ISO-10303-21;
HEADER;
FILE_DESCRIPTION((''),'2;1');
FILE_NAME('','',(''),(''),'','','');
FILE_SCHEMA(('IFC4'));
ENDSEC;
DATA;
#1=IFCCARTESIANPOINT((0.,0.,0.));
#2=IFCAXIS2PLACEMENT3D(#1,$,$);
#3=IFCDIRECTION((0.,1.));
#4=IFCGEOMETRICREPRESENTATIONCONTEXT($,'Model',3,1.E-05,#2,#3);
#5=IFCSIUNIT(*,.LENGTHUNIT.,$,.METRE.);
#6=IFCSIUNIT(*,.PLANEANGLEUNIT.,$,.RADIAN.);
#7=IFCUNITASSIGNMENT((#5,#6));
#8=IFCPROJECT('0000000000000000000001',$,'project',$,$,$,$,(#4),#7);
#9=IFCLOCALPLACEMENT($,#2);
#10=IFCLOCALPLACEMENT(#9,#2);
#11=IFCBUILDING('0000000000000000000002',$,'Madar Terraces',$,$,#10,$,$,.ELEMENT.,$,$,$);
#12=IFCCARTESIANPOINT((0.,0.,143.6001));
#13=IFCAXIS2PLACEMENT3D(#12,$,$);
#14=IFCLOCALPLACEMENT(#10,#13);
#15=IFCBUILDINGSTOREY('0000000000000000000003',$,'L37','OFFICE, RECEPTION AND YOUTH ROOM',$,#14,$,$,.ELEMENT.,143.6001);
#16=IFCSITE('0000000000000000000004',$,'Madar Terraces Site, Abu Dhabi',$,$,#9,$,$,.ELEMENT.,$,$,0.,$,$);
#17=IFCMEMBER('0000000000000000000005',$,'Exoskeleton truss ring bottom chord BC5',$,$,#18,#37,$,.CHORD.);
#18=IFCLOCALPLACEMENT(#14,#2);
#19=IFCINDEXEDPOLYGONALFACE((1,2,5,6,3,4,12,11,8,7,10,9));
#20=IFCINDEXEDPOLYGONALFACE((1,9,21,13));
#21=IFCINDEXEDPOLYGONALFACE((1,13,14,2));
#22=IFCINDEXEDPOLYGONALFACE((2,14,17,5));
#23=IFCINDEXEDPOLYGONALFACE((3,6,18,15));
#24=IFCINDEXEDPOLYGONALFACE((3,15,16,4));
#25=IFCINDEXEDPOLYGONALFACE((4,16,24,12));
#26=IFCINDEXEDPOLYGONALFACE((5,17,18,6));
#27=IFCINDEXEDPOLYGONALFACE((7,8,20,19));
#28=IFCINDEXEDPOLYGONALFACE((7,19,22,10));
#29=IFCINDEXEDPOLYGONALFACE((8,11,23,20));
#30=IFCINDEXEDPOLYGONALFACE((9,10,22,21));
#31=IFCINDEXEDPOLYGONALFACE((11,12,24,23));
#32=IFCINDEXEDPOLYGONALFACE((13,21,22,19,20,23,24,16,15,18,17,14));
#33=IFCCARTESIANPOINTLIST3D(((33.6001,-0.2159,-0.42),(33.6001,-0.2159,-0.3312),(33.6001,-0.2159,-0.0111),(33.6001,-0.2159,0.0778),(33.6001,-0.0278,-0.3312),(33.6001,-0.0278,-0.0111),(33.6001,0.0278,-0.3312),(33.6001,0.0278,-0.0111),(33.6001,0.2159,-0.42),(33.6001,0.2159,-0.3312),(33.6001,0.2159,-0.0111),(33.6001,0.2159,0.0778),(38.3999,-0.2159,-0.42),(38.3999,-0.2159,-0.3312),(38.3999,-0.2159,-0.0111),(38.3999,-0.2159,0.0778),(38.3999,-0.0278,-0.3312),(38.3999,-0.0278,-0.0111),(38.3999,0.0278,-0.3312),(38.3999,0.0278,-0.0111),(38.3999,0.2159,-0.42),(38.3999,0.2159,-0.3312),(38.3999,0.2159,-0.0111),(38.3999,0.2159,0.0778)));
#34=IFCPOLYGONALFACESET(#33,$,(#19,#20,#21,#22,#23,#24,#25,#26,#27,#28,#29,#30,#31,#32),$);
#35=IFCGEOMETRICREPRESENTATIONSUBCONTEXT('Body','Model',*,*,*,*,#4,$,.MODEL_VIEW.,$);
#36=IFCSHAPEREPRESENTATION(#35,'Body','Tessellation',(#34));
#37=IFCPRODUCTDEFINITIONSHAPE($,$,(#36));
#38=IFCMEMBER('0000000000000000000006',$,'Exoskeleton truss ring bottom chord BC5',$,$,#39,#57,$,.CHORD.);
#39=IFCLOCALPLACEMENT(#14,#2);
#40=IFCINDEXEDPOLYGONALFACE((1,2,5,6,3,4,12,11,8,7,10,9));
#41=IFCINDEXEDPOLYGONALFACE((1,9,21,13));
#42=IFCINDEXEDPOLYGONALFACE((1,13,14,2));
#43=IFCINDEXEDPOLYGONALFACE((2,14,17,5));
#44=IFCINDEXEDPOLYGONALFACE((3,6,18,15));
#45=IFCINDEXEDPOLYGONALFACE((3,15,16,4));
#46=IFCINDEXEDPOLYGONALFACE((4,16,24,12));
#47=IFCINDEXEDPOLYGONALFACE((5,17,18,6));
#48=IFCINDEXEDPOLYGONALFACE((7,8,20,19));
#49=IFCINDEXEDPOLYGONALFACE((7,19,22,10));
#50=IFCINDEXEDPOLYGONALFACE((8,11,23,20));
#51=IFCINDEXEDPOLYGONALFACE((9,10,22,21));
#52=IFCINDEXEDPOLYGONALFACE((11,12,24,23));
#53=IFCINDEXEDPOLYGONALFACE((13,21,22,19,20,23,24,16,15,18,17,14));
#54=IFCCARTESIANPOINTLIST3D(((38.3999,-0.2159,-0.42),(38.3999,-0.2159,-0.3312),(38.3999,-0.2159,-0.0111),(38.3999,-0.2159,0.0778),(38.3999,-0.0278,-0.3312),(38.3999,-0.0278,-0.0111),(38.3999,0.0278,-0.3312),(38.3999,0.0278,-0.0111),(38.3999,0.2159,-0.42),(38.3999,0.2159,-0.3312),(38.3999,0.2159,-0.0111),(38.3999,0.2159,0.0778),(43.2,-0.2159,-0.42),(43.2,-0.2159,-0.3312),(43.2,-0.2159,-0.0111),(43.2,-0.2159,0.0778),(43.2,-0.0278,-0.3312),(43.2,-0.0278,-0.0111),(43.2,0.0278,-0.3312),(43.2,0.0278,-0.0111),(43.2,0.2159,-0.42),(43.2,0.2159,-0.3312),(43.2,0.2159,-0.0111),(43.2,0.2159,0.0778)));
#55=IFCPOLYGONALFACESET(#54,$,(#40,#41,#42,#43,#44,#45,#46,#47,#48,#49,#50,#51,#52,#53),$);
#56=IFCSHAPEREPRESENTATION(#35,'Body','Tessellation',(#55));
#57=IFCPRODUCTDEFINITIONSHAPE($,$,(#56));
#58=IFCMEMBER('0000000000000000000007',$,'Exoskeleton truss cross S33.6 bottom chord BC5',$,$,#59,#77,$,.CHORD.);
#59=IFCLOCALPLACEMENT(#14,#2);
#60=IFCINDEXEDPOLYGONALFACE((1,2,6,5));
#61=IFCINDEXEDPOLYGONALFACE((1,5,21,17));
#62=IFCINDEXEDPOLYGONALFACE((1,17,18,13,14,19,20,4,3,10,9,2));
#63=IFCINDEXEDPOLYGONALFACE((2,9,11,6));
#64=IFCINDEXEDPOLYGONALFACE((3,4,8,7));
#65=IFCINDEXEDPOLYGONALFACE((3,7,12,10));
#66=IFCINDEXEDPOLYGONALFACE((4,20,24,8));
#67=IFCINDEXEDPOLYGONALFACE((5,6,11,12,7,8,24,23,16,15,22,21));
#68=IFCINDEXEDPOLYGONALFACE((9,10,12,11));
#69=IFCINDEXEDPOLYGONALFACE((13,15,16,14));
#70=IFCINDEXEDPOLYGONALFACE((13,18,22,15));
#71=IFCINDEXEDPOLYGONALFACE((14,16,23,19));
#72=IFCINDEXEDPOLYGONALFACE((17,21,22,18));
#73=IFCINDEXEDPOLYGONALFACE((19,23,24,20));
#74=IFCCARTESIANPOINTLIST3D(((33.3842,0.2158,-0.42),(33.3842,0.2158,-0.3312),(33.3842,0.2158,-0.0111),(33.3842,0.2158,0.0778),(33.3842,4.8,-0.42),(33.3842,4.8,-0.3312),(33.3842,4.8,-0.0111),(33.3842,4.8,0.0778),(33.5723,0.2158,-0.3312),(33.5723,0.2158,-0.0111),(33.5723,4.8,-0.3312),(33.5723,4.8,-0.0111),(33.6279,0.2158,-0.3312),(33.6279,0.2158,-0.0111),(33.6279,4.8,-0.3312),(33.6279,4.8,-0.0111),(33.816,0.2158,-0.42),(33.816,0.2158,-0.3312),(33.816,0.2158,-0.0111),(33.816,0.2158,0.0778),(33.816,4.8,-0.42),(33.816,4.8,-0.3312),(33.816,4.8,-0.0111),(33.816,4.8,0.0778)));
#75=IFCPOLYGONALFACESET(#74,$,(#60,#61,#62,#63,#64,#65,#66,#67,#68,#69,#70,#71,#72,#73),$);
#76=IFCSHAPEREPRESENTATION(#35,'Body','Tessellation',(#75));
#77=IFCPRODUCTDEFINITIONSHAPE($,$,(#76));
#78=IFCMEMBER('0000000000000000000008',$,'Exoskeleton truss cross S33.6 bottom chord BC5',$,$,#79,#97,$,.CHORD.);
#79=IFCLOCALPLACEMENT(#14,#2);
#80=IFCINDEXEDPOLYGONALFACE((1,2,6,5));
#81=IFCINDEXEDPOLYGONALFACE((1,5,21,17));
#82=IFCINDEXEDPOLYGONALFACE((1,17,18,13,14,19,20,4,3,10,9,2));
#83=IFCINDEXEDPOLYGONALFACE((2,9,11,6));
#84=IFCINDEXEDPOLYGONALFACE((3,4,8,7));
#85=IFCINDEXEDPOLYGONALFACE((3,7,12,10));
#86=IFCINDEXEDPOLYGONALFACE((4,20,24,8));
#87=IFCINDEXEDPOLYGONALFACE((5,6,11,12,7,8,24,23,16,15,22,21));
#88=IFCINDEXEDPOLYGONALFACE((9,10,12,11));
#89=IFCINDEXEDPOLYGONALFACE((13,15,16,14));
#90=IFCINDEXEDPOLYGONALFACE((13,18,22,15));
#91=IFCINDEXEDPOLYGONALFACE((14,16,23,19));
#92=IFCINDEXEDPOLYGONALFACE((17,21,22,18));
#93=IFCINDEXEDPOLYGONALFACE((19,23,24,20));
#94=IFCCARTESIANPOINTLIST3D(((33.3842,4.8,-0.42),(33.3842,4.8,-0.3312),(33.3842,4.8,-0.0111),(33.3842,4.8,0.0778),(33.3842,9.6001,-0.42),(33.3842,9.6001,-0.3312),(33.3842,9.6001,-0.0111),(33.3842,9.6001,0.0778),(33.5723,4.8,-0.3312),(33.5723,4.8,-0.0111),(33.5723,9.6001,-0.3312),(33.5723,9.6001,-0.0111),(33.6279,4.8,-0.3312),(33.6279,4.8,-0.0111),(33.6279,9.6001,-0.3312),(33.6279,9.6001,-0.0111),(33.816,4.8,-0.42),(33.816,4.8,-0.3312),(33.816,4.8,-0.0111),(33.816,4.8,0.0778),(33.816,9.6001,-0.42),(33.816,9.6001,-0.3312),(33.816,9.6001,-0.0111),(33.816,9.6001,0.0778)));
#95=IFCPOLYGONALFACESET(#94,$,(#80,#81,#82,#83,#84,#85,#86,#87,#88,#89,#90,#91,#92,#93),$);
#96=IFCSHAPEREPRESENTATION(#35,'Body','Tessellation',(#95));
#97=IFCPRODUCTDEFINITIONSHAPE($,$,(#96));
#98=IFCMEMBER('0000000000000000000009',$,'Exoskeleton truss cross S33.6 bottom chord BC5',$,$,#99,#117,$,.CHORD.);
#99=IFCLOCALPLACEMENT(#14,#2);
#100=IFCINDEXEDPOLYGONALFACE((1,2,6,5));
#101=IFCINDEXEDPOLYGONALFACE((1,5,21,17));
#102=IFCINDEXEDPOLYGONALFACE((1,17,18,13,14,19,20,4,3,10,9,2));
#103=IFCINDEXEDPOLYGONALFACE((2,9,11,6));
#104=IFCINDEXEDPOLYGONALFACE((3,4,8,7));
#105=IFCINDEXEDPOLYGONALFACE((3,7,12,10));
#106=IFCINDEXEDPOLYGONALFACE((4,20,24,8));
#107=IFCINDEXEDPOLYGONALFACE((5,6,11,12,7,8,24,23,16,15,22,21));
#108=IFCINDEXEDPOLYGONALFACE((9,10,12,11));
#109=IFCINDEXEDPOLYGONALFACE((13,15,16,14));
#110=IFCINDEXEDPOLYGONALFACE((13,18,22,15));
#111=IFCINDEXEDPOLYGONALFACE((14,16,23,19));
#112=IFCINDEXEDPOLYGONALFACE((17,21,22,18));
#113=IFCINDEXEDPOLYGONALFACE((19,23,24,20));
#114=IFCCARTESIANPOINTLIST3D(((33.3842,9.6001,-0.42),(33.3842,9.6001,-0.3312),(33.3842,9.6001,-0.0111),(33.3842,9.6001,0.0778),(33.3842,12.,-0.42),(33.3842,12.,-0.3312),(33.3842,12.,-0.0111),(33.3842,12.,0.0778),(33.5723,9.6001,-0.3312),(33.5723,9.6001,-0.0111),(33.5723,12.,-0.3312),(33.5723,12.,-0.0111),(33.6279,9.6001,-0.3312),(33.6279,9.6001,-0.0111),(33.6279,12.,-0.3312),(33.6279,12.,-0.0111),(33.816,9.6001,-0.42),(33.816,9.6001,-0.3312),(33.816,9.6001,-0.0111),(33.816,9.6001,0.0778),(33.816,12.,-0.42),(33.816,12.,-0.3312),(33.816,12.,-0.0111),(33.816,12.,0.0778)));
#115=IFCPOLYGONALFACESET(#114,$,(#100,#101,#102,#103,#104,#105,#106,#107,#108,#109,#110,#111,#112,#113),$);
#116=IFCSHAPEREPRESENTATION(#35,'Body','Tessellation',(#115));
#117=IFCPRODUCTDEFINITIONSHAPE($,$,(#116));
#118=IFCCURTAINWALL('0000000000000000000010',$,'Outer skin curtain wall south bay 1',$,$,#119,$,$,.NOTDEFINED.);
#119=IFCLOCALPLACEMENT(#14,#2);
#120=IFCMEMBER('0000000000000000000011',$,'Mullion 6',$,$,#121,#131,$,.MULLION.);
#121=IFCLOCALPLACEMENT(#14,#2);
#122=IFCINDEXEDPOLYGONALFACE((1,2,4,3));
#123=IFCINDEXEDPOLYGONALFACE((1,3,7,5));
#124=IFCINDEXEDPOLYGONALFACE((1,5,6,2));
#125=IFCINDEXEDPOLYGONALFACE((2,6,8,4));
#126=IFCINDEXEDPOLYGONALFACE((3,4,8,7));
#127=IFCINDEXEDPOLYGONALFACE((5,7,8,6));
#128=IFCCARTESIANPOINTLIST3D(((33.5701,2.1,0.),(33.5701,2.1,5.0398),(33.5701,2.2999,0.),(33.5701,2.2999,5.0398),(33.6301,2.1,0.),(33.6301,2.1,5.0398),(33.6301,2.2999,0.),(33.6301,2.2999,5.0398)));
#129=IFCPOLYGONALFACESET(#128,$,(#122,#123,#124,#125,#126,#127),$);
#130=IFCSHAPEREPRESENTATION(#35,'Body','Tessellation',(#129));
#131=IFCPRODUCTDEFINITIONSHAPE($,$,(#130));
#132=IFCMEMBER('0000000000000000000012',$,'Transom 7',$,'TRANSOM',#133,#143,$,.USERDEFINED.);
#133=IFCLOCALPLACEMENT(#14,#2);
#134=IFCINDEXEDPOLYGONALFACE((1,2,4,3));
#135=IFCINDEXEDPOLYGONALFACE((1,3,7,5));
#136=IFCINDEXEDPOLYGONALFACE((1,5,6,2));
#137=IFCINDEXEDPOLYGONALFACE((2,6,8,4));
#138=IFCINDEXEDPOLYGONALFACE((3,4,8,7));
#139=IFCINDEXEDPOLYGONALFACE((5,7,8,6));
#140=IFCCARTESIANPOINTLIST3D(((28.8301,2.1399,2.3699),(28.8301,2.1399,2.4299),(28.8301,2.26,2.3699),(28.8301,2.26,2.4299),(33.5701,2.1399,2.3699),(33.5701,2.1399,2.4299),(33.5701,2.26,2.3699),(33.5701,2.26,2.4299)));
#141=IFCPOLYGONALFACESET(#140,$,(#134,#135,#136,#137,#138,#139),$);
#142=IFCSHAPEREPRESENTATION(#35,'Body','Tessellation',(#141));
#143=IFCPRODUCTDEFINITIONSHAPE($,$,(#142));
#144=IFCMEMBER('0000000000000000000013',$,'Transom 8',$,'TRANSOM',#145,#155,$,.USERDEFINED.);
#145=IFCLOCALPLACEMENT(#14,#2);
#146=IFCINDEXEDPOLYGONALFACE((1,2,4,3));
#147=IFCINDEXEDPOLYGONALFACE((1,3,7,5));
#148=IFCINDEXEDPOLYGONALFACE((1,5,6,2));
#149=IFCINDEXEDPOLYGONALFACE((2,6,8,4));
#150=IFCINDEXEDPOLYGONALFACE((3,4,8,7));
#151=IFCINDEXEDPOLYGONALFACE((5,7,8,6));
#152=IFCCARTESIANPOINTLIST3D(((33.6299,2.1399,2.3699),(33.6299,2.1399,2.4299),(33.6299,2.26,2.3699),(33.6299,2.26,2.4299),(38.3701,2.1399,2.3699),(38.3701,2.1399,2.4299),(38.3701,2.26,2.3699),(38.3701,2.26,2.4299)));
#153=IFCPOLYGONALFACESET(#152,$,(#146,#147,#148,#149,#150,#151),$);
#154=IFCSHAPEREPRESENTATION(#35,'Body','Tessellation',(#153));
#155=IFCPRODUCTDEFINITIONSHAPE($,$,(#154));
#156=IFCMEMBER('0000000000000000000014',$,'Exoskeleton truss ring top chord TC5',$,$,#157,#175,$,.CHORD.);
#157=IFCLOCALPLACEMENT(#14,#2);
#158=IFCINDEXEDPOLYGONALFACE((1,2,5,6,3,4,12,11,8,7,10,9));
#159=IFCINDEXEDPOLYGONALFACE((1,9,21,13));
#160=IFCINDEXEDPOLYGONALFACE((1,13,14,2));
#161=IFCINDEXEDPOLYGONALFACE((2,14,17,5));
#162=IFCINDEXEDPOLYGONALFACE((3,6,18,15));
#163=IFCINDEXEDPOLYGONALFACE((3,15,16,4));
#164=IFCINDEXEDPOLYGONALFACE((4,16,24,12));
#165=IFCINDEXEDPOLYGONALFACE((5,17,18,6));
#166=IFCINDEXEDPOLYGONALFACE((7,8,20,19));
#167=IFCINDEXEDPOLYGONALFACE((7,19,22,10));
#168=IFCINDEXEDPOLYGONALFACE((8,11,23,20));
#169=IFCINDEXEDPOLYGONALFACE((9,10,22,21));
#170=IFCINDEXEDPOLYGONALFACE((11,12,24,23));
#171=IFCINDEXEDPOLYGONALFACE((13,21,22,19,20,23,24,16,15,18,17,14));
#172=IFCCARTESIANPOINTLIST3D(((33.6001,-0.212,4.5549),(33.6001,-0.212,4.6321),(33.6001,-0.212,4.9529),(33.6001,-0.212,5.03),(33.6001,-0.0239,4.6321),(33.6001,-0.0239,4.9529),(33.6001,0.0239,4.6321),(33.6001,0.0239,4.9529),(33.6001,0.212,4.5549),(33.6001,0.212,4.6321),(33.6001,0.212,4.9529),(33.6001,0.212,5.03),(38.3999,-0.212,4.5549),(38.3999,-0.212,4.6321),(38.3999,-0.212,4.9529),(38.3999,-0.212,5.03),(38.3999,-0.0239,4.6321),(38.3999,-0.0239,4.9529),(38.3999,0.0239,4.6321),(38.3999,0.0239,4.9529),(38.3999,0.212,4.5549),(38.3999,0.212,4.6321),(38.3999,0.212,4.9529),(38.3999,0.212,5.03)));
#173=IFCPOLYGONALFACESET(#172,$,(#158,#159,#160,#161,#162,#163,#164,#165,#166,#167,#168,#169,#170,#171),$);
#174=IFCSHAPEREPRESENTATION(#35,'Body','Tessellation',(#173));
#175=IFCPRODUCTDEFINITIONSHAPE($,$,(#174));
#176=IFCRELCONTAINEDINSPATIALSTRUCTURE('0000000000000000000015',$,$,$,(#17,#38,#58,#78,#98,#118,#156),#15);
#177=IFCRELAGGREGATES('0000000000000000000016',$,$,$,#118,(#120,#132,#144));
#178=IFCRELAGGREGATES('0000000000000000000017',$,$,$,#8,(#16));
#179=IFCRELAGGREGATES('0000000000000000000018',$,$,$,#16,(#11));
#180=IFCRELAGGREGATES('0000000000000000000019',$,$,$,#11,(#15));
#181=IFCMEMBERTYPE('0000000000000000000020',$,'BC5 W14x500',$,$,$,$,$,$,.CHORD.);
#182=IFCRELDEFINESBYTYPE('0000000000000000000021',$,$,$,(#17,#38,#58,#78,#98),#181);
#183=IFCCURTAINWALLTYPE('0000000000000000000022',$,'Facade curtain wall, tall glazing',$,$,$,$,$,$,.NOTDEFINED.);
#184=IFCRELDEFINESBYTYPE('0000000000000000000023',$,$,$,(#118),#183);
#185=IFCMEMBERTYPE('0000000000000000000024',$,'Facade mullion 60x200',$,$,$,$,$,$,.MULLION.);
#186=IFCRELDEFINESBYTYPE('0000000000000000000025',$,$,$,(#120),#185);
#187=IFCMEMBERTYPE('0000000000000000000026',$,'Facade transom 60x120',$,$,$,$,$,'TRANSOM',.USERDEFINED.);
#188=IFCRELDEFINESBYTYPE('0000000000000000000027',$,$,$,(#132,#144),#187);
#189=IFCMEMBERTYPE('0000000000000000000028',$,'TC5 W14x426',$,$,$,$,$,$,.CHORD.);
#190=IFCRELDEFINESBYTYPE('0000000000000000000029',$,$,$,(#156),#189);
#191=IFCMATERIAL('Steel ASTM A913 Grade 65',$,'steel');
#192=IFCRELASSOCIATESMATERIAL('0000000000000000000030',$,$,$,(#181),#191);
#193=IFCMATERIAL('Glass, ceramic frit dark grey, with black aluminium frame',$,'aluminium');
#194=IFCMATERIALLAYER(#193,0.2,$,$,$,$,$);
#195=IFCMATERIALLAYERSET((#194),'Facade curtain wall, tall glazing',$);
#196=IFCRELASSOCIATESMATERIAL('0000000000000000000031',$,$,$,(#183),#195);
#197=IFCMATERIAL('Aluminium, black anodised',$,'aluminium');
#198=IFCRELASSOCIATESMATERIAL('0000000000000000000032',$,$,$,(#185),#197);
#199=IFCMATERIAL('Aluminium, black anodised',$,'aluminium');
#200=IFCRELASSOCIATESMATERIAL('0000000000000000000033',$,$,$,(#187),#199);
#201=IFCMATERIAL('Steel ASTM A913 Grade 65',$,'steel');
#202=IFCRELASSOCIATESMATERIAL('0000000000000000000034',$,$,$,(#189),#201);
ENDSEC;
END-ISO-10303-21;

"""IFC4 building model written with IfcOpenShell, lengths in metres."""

from ifc_helpers import new_model, si_unit, direction, frame, origin, origin_2d, place, context, subcontext, project, spatial, rectangle, i_section, extrude, material, layer, layer_set, material_profile, profile_set, type_object, element, aggregate, save


model = new_model("IFC4")

# Units and contexts
model_context = context("Model", 3, precision=1e-05, world=origin(), true_north=direction((0.0, 1.0)))
body_context = subcontext(model_context, "Body", "Model", "MODEL_VIEW")
ifc_project = project(units=[si_unit("LENGTHUNIT", "METRE"), si_unit("PLANEANGLEUNIT", "RADIAN")], contexts=[model_context])

# Site, building, storey
site_placement = place(None, origin())
site = spatial("IfcSite", under=ifc_project, at=site_placement, Name="Madar Terraces Site, Abu Dhabi", CompositionType="ELEMENT", RefElevation=0.0)
building_placement = place(site_placement, origin())
building = spatial("IfcBuilding", under=site, at=building_placement, Name="Madar Terraces", CompositionType="ELEMENT")
storey_placement = place(building_placement, frame((0.0, 0.0, 143.6001)))
storey = spatial("IfcBuildingStorey", under=building, at=storey_placement, Name="L37", Description="OFFICE, RECEPTION AND YOUTH ROOM", CompositionType="ELEMENT", Elevation=143.6001)

# Members
ifc_material_1 = material(Name="Steel ASTM A913 Grade 65", Category="steel")
ifc_material_profile_1 = material_profile(ifc_material_1, i_section(OverallWidth=0.4319, OverallDepth=0.4978, WebThickness=0.0557, FlangeThickness=0.0889, at=origin_2d()), Name="W14x500")
ifc_profile_set_1 = profile_set([ifc_material_profile_1], Name="Steel ASTM A913 Grade 65")
member_type_1 = type_object("IfcMemberType", Name="BC5 W14x500", PredefinedType="CHORD", material=ifc_profile_set_1)
member_1_placement = place(storey_placement, frame((33.6001, 0.0, -0.1711), z_axis=(1.0, 0.0, 0.0), x_axis=(0.0, 1.0, 0.0)))
element("IfcMember", 1, at=member_1_placement, inside=storey, type_object=member_type_1, Name="Exoskeleton truss ring bottom chord BC5", PredefinedType="CHORD", context=body_context, shape_type="SweptSolid", body=[
    extrude(i_section(OverallWidth=0.4319, OverallDepth=0.4978, WebThickness=0.0557, FlangeThickness=0.0889, at=origin_2d()), origin(), (0.0, 0.0, 1.0), 4.7998),
])
member_2_placement = place(storey_placement, frame((38.3999, 0.0, -0.1711), z_axis=(1.0, 0.0, 0.0), x_axis=(0.0, 1.0, 0.0)))
element("IfcMember", 2, at=member_2_placement, inside=storey, type_object=member_type_1, Name="Exoskeleton truss ring bottom chord BC5", PredefinedType="CHORD", context=body_context, shape_type="SweptSolid", body=[
    extrude(i_section(OverallWidth=0.4319, OverallDepth=0.4978, WebThickness=0.0557, FlangeThickness=0.0889, at=origin_2d()), origin(), (0.0, 0.0, 1.0), 4.8),
])
member_3_placement = place(storey_placement, frame((33.6001, 0.2158, -0.1711), z_axis=(0.0, 1.0, 0.0), x_axis=(-1.0, 0.0, 0.0)))
element("IfcMember", 3, at=member_3_placement, inside=storey, type_object=member_type_1, Name="Exoskeleton truss cross S33.6 bottom chord BC5", PredefinedType="CHORD", context=body_context, shape_type="SweptSolid", body=[
    extrude(i_section(OverallWidth=0.4319, OverallDepth=0.4978, WebThickness=0.0557, FlangeThickness=0.0889, at=origin_2d()), origin(), (0.0, 0.0, 1.0), 4.5842),
])
member_4_placement = place(storey_placement, frame((33.6001, 4.8, -0.1711), z_axis=(0.0, 1.0, 0.0), x_axis=(-1.0, 0.0, 0.0)))
element("IfcMember", 4, at=member_4_placement, inside=storey, type_object=member_type_1, Name="Exoskeleton truss cross S33.6 bottom chord BC5", PredefinedType="CHORD", context=body_context, shape_type="SweptSolid", body=[
    extrude(i_section(OverallWidth=0.4319, OverallDepth=0.4978, WebThickness=0.0557, FlangeThickness=0.0889, at=origin_2d()), origin(), (0.0, 0.0, 1.0), 4.8),
])
member_5_placement = place(storey_placement, frame((33.6001, 9.6001, -0.1711), z_axis=(0.0, 1.0, 0.0), x_axis=(-1.0, 0.0, 0.0)))
element("IfcMember", 5, at=member_5_placement, inside=storey, type_object=member_type_1, Name="Exoskeleton truss cross S33.6 bottom chord BC5", PredefinedType="CHORD", context=body_context, shape_type="SweptSolid", body=[
    extrude(i_section(OverallWidth=0.4319, OverallDepth=0.4978, WebThickness=0.0557, FlangeThickness=0.0889, at=origin_2d()), origin(), (0.0, 0.0, 1.0), 2.3999),
])

# Curtain wall, members
ifc_material_2 = material(Name="Glass, ceramic frit dark grey, with black aluminium frame", Category="aluminium")
ifc_layer_1 = layer(ifc_material_2, 0.2)
ifc_layer_set_1 = layer_set([ifc_layer_1], Name="Facade curtain wall, tall glazing")
curtain_wall_type = type_object("IfcCurtainWallType", Name="Facade curtain wall, tall glazing", PredefinedType="NOTDEFINED", material=ifc_layer_set_1)
curtain_wall_placement = place(storey_placement, origin())
curtain_wall = element("IfcCurtainWall", 6, at=curtain_wall_placement, inside=storey, type_object=curtain_wall_type, Name="Outer skin curtain wall south bay 1", PredefinedType="NOTDEFINED")
ifc_material_3 = material(Name="Aluminium, black anodised", Category="aluminium")
ifc_material_profile_2 = material_profile(ifc_material_3, rectangle(XDim=0.2, YDim=0.0601, at=origin_2d()), Name="Facade mullion 60x200")
ifc_profile_set_2 = profile_set([ifc_material_profile_2], Name="Aluminium, black anodised")
member_type_2 = type_object("IfcMemberType", Name="Facade mullion 60x200", PredefinedType="MULLION", material=ifc_profile_set_2)
member_6_placement = place(storey_placement, frame((33.6001, 2.2, 0.0), z_axis=(0.0, 0.0, 1.0), x_axis=(0.0, 1.0, 0.0)))
member_6 = element("IfcMember", 7, at=member_6_placement, type_object=member_type_2, Name="Mullion 6", PredefinedType="MULLION", context=body_context, shape_type="SweptSolid", body=[
    extrude(rectangle(XDim=0.2, YDim=0.0601, at=origin_2d()), origin(), (0.0, 0.0, 1.0), 5.0398),
])
ifc_material_4 = material(Name="Aluminium, black anodised", Category="aluminium")
ifc_material_profile_3 = material_profile(ifc_material_4, rectangle(XDim=0.1201, YDim=0.0601, at=origin_2d()), Name="Facade transom 60x120")
ifc_profile_set_3 = profile_set([ifc_material_profile_3], Name="Aluminium, black anodised")
member_type_3 = type_object("IfcMemberType", Name="Facade transom 60x120", ElementType="TRANSOM", PredefinedType="USERDEFINED", material=ifc_profile_set_3)
member_7_placement = place(storey_placement, frame((28.8301, 2.2, 2.3999), z_axis=(1.0, 0.0, 0.0), x_axis=(0.0, 1.0, 0.0)))
member_7 = element("IfcMember", 8, at=member_7_placement, type_object=member_type_3, Name="Transom 7", ObjectType="TRANSOM", PredefinedType="USERDEFINED", context=body_context, shape_type="SweptSolid", body=[
    extrude(rectangle(XDim=0.1201, YDim=0.0601, at=origin_2d()), origin(), (0.0, 0.0, 1.0), 4.74),
])
member_8_placement = place(storey_placement, frame((33.6299, 2.2, 2.3999), z_axis=(1.0, 0.0, 0.0), x_axis=(0.0, 1.0, 0.0)))
member_8 = element("IfcMember", 9, at=member_8_placement, type_object=member_type_3, Name="Transom 8", ObjectType="TRANSOM", PredefinedType="USERDEFINED", context=body_context, shape_type="SweptSolid", body=[
    extrude(rectangle(XDim=0.1201, YDim=0.0601, at=origin_2d()), origin(), (0.0, 0.0, 1.0), 4.7402),
])

# Member
ifc_material_5 = material(Name="Steel ASTM A913 Grade 65", Category="steel")
ifc_material_profile_4 = material_profile(ifc_material_5, i_section(OverallWidth=0.4241, OverallDepth=0.4751, WebThickness=0.0479, FlangeThickness=0.0771, at=origin_2d()), Name="W14x426")
ifc_profile_set_4 = profile_set([ifc_material_profile_4], Name="Steel ASTM A913 Grade 65")
member_type_4 = type_object("IfcMemberType", Name="TC5 W14x426", PredefinedType="CHORD", material=ifc_profile_set_4)
member_9_placement = place(storey_placement, frame((33.6001, 0.0, 4.7925), z_axis=(1.0, 0.0, 0.0), x_axis=(0.0, 1.0, 0.0)))
element("IfcMember", 10, at=member_9_placement, inside=storey, type_object=member_type_4, Name="Exoskeleton truss ring top chord TC5", PredefinedType="CHORD", context=body_context, shape_type="SweptSolid", body=[
    extrude(i_section(OverallWidth=0.4241, OverallDepth=0.4751, WebThickness=0.0479, FlangeThickness=0.0771, at=origin_2d()), origin(), (0.0, 0.0, 1.0), 4.7998),
])

aggregate(curtain_wall, [member_6, member_7, member_8])

save(model, "model.ifc")
